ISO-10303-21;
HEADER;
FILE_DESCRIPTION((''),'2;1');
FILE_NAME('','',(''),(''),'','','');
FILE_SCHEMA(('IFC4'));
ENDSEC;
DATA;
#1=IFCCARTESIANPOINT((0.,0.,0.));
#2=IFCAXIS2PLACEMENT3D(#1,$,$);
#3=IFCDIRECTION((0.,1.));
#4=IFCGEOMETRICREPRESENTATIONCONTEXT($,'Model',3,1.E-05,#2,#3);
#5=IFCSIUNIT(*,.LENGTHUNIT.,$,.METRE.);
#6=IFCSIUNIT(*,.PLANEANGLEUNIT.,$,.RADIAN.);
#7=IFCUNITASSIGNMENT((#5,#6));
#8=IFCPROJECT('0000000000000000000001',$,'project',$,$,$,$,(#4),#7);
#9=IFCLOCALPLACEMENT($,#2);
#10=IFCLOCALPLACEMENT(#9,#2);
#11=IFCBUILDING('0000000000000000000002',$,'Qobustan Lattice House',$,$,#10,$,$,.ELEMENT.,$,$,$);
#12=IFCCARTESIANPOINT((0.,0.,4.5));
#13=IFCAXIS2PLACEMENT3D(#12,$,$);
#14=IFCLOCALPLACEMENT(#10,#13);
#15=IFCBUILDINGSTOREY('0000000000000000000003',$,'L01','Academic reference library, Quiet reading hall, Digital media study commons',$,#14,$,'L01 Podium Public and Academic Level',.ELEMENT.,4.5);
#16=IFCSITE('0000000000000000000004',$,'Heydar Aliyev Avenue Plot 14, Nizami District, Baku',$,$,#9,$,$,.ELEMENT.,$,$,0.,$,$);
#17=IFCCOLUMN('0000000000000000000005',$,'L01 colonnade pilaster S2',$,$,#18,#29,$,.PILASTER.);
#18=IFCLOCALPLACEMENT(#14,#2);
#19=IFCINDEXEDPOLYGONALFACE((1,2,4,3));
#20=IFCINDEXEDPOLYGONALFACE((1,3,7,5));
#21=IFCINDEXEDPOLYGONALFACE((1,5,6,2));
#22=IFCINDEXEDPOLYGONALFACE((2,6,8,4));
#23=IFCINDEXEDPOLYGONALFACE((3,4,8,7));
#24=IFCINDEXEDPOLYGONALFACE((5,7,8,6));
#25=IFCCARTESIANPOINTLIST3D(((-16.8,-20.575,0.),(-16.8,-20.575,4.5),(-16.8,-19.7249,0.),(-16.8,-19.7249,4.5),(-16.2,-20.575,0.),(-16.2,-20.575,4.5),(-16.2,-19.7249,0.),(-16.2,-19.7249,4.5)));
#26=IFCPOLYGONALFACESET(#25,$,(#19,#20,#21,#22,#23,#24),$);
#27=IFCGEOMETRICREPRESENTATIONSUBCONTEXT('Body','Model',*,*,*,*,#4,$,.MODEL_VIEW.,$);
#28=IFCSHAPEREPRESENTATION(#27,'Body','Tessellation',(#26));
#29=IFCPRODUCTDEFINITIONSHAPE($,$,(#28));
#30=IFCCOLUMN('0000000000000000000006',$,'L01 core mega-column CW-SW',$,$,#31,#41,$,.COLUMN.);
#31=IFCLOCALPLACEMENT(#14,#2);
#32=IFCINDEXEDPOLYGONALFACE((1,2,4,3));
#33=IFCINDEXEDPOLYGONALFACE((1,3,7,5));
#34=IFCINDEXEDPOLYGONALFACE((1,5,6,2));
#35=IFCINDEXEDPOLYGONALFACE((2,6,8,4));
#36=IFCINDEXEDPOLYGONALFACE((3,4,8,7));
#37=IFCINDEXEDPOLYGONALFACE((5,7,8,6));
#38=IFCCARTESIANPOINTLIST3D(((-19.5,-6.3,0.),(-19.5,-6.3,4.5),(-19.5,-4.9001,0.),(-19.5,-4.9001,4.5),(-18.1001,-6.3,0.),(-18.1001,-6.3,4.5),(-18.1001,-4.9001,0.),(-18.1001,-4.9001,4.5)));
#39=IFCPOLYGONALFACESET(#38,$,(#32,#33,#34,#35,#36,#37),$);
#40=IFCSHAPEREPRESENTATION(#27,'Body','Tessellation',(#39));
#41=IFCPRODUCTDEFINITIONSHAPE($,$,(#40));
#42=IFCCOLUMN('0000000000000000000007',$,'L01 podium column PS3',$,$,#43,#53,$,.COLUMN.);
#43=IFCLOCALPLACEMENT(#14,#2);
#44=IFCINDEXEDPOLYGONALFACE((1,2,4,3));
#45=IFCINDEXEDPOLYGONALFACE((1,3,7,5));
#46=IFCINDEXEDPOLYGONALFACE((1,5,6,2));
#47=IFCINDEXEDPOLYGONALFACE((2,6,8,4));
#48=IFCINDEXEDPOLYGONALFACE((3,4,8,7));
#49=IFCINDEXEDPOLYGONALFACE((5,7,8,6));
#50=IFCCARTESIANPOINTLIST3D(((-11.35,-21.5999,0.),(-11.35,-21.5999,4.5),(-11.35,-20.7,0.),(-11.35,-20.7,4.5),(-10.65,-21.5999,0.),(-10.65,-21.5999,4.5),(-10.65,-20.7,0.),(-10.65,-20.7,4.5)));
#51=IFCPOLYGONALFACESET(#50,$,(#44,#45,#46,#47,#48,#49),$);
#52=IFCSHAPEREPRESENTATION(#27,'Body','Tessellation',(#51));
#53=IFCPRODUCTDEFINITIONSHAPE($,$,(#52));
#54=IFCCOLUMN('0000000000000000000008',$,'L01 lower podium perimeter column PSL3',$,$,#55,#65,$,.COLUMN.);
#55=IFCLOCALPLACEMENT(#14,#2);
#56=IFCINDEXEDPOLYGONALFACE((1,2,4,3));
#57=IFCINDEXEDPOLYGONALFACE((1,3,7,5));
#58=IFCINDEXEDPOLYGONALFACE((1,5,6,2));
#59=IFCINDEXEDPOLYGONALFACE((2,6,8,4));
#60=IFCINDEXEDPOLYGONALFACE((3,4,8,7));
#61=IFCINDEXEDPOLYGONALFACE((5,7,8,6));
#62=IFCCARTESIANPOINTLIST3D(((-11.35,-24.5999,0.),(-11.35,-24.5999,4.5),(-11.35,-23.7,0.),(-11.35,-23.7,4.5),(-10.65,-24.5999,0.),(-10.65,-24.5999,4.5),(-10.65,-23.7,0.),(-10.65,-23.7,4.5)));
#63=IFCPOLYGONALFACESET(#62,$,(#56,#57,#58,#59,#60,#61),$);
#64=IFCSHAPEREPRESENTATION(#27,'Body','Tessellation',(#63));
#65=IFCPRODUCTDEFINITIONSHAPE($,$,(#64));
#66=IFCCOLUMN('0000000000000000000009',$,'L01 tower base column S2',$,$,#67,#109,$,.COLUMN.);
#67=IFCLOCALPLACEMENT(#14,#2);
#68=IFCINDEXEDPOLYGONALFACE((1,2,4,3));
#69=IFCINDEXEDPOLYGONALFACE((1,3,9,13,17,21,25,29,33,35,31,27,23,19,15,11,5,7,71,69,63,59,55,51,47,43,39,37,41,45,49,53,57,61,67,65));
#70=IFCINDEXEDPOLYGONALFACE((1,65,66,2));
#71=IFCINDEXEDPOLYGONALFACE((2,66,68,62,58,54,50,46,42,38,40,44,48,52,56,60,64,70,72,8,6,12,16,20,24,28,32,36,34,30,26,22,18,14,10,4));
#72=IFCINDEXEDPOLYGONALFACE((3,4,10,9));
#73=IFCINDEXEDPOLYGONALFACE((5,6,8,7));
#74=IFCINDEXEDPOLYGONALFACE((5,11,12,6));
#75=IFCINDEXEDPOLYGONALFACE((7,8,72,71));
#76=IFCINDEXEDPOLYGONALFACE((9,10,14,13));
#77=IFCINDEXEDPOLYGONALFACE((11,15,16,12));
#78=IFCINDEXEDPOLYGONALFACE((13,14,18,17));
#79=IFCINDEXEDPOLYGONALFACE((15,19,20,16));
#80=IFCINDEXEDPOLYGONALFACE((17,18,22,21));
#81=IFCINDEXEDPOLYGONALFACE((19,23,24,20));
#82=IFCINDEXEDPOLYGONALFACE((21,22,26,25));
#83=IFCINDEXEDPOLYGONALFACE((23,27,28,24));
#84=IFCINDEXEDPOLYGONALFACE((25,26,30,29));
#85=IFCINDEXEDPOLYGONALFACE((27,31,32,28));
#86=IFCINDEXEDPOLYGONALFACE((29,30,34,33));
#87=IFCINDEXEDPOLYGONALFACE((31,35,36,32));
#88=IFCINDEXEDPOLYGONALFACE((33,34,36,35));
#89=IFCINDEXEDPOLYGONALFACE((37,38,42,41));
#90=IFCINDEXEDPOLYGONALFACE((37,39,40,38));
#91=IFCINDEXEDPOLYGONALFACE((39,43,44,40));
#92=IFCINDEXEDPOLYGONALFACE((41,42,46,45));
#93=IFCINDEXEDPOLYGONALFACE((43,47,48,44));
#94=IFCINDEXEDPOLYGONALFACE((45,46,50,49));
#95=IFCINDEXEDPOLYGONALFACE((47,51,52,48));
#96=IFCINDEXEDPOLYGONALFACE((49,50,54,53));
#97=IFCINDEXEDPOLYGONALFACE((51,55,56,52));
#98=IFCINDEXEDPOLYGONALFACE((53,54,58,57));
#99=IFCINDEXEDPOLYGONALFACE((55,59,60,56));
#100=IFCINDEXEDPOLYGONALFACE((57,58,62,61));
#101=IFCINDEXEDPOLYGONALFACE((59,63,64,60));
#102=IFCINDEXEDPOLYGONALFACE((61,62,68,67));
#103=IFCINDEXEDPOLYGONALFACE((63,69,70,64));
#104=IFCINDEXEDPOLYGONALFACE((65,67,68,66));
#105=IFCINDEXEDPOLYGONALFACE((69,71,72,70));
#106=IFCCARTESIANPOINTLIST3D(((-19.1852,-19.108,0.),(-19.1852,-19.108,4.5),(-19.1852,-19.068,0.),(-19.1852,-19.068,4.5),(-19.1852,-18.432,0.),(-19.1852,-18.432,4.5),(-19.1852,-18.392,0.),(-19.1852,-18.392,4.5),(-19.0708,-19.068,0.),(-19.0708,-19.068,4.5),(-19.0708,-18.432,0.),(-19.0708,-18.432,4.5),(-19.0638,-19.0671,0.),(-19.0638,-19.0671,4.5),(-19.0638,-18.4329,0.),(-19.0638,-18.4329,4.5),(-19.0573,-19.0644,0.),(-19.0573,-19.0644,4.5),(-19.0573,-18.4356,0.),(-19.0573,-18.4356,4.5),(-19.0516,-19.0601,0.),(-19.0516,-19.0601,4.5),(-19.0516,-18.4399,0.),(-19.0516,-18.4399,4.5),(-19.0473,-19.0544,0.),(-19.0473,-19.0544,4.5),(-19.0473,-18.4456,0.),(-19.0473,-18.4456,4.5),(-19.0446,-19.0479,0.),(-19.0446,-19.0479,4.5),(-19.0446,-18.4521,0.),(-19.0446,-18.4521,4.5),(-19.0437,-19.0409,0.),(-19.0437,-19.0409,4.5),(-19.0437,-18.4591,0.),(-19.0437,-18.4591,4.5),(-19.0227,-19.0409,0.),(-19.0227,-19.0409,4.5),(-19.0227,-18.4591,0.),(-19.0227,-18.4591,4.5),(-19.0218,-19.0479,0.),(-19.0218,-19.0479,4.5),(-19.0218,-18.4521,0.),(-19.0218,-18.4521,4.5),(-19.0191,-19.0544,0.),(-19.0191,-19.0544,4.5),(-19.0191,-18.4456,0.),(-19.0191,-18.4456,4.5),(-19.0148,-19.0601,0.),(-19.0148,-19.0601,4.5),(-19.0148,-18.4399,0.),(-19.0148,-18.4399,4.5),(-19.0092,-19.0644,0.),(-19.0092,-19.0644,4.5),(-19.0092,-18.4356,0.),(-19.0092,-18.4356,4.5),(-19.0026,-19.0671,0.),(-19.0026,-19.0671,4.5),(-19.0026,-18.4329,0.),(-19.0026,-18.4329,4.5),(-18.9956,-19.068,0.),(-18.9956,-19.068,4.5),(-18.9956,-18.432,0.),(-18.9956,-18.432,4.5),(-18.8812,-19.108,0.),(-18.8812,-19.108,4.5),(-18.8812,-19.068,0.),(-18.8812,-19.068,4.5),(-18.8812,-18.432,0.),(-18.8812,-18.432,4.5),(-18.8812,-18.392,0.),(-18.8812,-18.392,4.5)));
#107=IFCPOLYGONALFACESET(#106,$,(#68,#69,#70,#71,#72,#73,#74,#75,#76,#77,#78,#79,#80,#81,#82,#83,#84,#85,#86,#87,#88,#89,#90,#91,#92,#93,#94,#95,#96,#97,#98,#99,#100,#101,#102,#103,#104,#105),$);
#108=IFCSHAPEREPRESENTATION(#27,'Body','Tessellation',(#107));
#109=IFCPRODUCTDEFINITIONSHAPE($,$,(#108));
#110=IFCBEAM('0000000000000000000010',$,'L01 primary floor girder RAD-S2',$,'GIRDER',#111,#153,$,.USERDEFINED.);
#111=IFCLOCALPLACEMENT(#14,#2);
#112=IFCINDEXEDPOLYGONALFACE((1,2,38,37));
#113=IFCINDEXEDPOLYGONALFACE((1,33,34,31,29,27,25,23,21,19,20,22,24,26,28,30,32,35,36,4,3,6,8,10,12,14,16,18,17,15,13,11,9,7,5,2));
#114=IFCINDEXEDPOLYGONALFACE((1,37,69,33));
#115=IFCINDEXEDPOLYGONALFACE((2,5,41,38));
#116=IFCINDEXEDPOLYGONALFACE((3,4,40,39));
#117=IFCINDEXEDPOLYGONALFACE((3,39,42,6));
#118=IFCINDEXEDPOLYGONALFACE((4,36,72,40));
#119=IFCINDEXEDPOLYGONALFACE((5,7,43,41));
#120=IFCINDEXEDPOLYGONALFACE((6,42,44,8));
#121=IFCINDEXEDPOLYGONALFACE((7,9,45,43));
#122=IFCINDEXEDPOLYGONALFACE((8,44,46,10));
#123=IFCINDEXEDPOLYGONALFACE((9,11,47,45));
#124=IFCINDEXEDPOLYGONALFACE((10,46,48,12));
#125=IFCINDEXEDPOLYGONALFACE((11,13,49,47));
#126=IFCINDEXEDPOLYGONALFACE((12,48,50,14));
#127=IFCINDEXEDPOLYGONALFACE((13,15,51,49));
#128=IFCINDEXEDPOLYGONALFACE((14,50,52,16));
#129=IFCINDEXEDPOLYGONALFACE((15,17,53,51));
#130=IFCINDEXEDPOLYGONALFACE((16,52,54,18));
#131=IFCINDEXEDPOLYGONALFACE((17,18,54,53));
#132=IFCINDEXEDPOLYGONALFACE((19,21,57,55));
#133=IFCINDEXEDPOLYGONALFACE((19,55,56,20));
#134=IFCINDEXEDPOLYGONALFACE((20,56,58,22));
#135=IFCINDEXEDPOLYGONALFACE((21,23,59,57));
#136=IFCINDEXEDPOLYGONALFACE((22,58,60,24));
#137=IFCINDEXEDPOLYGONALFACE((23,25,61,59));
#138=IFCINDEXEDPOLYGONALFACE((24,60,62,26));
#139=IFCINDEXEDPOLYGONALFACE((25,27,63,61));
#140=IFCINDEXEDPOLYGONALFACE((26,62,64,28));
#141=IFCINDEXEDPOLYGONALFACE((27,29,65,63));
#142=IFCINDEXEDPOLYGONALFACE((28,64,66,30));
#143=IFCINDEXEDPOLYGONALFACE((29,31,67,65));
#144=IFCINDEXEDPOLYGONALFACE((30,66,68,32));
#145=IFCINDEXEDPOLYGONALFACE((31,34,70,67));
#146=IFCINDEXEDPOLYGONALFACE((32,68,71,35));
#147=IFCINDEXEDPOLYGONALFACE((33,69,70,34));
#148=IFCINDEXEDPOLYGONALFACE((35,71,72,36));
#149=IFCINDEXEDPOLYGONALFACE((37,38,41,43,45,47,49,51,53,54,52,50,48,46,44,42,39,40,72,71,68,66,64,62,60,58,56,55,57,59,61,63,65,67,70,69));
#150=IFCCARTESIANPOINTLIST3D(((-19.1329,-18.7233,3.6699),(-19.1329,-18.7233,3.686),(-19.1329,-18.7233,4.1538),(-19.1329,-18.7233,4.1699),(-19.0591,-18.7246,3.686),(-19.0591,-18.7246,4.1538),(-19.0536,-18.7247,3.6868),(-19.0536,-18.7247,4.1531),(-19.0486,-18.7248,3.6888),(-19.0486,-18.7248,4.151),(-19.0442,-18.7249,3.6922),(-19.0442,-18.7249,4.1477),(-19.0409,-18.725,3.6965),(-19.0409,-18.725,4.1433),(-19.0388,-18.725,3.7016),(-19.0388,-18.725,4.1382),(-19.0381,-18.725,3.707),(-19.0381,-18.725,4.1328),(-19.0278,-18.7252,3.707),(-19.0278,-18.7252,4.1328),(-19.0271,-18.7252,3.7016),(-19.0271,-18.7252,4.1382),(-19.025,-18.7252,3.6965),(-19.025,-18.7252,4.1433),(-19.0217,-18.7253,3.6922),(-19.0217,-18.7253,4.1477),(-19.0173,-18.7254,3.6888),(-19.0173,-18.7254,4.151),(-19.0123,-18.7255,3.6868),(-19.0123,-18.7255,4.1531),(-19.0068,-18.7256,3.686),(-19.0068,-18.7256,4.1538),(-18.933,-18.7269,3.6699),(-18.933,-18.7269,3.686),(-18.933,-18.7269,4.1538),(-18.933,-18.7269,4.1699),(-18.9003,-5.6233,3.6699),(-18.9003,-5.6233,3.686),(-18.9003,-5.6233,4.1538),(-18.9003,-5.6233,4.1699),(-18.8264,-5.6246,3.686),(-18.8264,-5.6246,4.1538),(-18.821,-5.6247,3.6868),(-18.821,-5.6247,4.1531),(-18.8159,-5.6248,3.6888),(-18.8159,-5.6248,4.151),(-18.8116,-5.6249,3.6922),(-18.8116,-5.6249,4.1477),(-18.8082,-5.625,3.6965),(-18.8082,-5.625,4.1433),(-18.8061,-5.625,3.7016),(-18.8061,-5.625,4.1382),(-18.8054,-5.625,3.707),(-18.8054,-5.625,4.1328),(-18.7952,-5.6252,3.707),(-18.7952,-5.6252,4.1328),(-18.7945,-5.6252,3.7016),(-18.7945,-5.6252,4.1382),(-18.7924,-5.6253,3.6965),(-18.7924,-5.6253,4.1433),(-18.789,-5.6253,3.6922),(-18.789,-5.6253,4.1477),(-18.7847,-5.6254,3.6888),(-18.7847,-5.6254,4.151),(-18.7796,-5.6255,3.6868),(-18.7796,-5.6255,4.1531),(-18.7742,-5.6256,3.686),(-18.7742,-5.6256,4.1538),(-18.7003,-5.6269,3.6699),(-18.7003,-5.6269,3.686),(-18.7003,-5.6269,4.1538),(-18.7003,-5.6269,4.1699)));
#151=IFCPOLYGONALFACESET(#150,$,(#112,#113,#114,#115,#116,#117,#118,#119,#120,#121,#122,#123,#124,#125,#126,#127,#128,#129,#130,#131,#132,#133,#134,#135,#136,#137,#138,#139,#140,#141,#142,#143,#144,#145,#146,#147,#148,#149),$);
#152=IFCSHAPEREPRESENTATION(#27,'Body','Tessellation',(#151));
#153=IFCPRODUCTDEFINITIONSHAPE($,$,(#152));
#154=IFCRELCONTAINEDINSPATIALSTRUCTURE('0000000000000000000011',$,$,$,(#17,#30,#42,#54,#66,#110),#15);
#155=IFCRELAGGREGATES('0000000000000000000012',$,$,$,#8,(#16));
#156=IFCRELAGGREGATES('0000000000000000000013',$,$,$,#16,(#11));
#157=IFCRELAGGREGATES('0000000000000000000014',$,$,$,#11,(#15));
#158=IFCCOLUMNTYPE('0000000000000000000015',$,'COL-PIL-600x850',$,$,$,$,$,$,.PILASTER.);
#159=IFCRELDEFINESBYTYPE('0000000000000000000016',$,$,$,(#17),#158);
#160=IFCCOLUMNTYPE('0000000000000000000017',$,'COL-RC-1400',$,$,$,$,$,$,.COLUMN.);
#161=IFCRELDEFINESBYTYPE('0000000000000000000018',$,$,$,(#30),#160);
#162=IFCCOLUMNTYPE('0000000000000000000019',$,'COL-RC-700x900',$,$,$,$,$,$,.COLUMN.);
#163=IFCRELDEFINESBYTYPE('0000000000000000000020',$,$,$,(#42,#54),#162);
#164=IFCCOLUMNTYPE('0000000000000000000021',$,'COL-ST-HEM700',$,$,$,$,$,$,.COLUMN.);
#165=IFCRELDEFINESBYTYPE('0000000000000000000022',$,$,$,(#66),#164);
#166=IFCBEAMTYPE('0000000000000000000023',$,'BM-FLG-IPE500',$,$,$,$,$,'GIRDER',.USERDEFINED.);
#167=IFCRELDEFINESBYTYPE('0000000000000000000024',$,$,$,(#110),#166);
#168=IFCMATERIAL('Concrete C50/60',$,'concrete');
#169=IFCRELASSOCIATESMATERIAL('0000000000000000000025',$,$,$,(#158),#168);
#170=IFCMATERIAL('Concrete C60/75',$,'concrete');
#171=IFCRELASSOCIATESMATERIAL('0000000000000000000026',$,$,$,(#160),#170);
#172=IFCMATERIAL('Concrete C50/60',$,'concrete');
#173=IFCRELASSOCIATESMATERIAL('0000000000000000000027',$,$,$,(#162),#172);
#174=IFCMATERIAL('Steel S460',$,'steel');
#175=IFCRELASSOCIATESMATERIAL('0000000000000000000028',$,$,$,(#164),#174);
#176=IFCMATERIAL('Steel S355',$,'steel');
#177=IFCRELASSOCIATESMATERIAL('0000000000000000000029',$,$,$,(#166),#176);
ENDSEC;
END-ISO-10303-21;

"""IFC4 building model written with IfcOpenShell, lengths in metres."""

from ifc_helpers import new_model, si_unit, direction, frame, origin, origin_2d, place, context, subcontext, project, spatial, rectangle, i_section, extrude, material, material_profile, profile_set, type_object, element, save


model = new_model("IFC4")

# Units and contexts
model_context = context("Model", 3, precision=1e-05, world=origin(), true_north=direction((0.0, 1.0)))
body_context = subcontext(model_context, "Body", "Model", "MODEL_VIEW")
ifc_project = project(units=[si_unit("LENGTHUNIT", "METRE"), si_unit("PLANEANGLEUNIT", "RADIAN")], contexts=[model_context])

# Site, building, storey
site_placement = place(None, origin())
site = spatial("IfcSite", under=ifc_project, at=site_placement, Name="Heydar Aliyev Avenue Plot 14, Nizami District, Baku", CompositionType="ELEMENT", RefElevation=0.0)
building_placement = place(site_placement, origin())
building = spatial("IfcBuilding", under=site, at=building_placement, Name="Qobustan Lattice House", CompositionType="ELEMENT")
storey_placement = place(building_placement, frame((0.0, 0.0, 4.5)))
storey = spatial("IfcBuildingStorey", under=building, at=storey_placement, Name="L01", Description="Academic reference library, Quiet reading hall, Digital media study commons", LongName="L01 Podium Public and Academic Level", CompositionType="ELEMENT", Elevation=4.5)

# Columns
ifc_material_1 = material(Name="Concrete C50/60", Category="concrete")
ifc_material_profile_1 = material_profile(ifc_material_1, rectangle(XDim=0.6001, YDim=0.8501, at=origin_2d()), Name="RC600x850")
ifc_profile_set_1 = profile_set([ifc_material_profile_1], Name="Concrete C50/60")
column_type_1 = type_object("IfcColumnType", Name="COL-PIL-600x850", PredefinedType="PILASTER", material=ifc_profile_set_1)
column_1_placement = place(storey_placement, frame((-16.5, -20.1499, 0.0), z_axis=(0.0, 0.0, 1.0), x_axis=(1.0, 0.0, 0.0)))
element("IfcColumn", 1, at=column_1_placement, inside=storey, type_object=column_type_1, Name="L01 colonnade pilaster S2", PredefinedType="PILASTER", context=body_context, shape_type="SweptSolid", body=[
    extrude(rectangle(XDim=0.6001, YDim=0.8501, at=origin_2d()), origin(), (0.0, 0.0, 1.0), 4.5),
])
ifc_material_2 = material(Name="Concrete C60/75", Category="concrete")
ifc_material_profile_2 = material_profile(ifc_material_2, rectangle(XDim=1.3999, YDim=1.3999, at=origin_2d()), Name="RC1400x1400")
ifc_profile_set_2 = profile_set([ifc_material_profile_2], Name="Concrete C60/75")
column_type_2 = type_object("IfcColumnType", Name="COL-RC-1400", PredefinedType="COLUMN", material=ifc_profile_set_2)
column_2_placement = place(storey_placement, frame((-18.8, -5.6001, 0.0), z_axis=(0.0, 0.0, 1.0), x_axis=(1.0, 0.0, 0.0)))
element("IfcColumn", 2, at=column_2_placement, inside=storey, type_object=column_type_2, Name="L01 core mega-column CW-SW", PredefinedType="COLUMN", context=body_context, shape_type="SweptSolid", body=[
    extrude(rectangle(XDim=1.3999, YDim=1.3999, at=origin_2d()), origin(), (0.0, 0.0, 1.0), 4.5),
])
ifc_material_3 = material(Name="Concrete C50/60", Category="concrete")
ifc_material_profile_3 = material_profile(ifc_material_3, rectangle(XDim=0.7, YDim=0.8999, at=origin_2d()), Name="RC700x900")
ifc_profile_set_3 = profile_set([ifc_material_profile_3], Name="Concrete C50/60")
column_type_3 = type_object("IfcColumnType", Name="COL-RC-700x900", PredefinedType="COLUMN", material=ifc_profile_set_3)
for number, where, z_axis, x_axis, name in (
    (3, (-11.0, -21.1499, 0.0), (0.0, 0.0, 1.0), (1.0, 0.0, 0.0), "L01 podium column PS3"),
    (4, (-11.0, -24.1499, 0.0), (0.0, 0.0, 1.0), (1.0, 0.0, 0.0), "L01 lower podium perimeter column PSL3"),
):
    element("IfcColumn", number, at=place(storey_placement, frame(where, z_axis=z_axis, x_axis=x_axis)), inside=storey, type_object=column_type_3, Name=name, PredefinedType="COLUMN", context=body_context, shape_type="SweptSolid", body=[
        extrude(rectangle(XDim=0.7, YDim=0.8999, at=origin_2d()), origin(), (0.0, 0.0, 1.0), 4.5),
    ])
ifc_material_4 = material(Name="Steel S460", Category="steel")
ifc_material_profile_4 = material_profile(ifc_material_4, i_section(OverallWidth=0.304, OverallDepth=0.7161, WebThickness=0.021, FlangeThickness=0.04, FilletRadius=0.0271, at=origin_2d()), Name="HEM700")
ifc_profile_set_4 = profile_set([ifc_material_profile_4], Name="Steel S460")
column_type_4 = type_object("IfcColumnType", Name="COL-ST-HEM700", PredefinedType="COLUMN", material=ifc_profile_set_4)
column_3_placement = place(storey_placement, frame((-19.0332, -18.75, 0.0), z_axis=(0.0, 0.0, 1.0), x_axis=(1.0, 0.0, 0.0)))
element("IfcColumn", 5, at=column_3_placement, inside=storey, type_object=column_type_4, Name="L01 tower base column S2", PredefinedType="COLUMN", context=body_context, shape_type="SweptSolid", body=[
    extrude(i_section(OverallWidth=0.304, OverallDepth=0.7161, WebThickness=0.021, FlangeThickness=0.04, FilletRadius=0.0271, at=origin_2d()), origin(), (0.0, 0.0, 1.0), 4.5),
])

# Beam
ifc_material_5 = material(Name="Steel S355", Category="steel")
ifc_material_profile_5 = material_profile(ifc_material_5, i_section(OverallWidth=0.2, OverallDepth=0.5, WebThickness=0.0103, FlangeThickness=0.0161, FilletRadius=0.021, at=origin_2d()), Name="IPE500")
ifc_profile_set_5 = profile_set([ifc_material_profile_5], Name="Steel S355")
beam_type_1 = type_object("IfcBeamType", Name="BM-FLG-IPE500", ElementType="GIRDER", PredefinedType="USERDEFINED", material=ifc_profile_set_5)
beam_1_placement = place(storey_placement, frame((-19.033, -18.7251, 3.9199), z_axis=(0.017758, 0.999842, 0.0), x_axis=(-0.999842, 0.017758, 0.0)))
element("IfcBeam", 6, at=beam_1_placement, inside=storey, type_object=beam_type_1, Name="L01 primary floor girder RAD-S2", ObjectType="GIRDER", PredefinedType="USERDEFINED", context=body_context, shape_type="SweptSolid", body=[
    extrude(i_section(OverallWidth=0.2, OverallDepth=0.5, WebThickness=0.0103, FlangeThickness=0.0161, FilletRadius=0.021, at=origin_2d()), origin(), (0.0, 0.0, 1.0), 13.1021),
])

save(model, "model.ifc")
